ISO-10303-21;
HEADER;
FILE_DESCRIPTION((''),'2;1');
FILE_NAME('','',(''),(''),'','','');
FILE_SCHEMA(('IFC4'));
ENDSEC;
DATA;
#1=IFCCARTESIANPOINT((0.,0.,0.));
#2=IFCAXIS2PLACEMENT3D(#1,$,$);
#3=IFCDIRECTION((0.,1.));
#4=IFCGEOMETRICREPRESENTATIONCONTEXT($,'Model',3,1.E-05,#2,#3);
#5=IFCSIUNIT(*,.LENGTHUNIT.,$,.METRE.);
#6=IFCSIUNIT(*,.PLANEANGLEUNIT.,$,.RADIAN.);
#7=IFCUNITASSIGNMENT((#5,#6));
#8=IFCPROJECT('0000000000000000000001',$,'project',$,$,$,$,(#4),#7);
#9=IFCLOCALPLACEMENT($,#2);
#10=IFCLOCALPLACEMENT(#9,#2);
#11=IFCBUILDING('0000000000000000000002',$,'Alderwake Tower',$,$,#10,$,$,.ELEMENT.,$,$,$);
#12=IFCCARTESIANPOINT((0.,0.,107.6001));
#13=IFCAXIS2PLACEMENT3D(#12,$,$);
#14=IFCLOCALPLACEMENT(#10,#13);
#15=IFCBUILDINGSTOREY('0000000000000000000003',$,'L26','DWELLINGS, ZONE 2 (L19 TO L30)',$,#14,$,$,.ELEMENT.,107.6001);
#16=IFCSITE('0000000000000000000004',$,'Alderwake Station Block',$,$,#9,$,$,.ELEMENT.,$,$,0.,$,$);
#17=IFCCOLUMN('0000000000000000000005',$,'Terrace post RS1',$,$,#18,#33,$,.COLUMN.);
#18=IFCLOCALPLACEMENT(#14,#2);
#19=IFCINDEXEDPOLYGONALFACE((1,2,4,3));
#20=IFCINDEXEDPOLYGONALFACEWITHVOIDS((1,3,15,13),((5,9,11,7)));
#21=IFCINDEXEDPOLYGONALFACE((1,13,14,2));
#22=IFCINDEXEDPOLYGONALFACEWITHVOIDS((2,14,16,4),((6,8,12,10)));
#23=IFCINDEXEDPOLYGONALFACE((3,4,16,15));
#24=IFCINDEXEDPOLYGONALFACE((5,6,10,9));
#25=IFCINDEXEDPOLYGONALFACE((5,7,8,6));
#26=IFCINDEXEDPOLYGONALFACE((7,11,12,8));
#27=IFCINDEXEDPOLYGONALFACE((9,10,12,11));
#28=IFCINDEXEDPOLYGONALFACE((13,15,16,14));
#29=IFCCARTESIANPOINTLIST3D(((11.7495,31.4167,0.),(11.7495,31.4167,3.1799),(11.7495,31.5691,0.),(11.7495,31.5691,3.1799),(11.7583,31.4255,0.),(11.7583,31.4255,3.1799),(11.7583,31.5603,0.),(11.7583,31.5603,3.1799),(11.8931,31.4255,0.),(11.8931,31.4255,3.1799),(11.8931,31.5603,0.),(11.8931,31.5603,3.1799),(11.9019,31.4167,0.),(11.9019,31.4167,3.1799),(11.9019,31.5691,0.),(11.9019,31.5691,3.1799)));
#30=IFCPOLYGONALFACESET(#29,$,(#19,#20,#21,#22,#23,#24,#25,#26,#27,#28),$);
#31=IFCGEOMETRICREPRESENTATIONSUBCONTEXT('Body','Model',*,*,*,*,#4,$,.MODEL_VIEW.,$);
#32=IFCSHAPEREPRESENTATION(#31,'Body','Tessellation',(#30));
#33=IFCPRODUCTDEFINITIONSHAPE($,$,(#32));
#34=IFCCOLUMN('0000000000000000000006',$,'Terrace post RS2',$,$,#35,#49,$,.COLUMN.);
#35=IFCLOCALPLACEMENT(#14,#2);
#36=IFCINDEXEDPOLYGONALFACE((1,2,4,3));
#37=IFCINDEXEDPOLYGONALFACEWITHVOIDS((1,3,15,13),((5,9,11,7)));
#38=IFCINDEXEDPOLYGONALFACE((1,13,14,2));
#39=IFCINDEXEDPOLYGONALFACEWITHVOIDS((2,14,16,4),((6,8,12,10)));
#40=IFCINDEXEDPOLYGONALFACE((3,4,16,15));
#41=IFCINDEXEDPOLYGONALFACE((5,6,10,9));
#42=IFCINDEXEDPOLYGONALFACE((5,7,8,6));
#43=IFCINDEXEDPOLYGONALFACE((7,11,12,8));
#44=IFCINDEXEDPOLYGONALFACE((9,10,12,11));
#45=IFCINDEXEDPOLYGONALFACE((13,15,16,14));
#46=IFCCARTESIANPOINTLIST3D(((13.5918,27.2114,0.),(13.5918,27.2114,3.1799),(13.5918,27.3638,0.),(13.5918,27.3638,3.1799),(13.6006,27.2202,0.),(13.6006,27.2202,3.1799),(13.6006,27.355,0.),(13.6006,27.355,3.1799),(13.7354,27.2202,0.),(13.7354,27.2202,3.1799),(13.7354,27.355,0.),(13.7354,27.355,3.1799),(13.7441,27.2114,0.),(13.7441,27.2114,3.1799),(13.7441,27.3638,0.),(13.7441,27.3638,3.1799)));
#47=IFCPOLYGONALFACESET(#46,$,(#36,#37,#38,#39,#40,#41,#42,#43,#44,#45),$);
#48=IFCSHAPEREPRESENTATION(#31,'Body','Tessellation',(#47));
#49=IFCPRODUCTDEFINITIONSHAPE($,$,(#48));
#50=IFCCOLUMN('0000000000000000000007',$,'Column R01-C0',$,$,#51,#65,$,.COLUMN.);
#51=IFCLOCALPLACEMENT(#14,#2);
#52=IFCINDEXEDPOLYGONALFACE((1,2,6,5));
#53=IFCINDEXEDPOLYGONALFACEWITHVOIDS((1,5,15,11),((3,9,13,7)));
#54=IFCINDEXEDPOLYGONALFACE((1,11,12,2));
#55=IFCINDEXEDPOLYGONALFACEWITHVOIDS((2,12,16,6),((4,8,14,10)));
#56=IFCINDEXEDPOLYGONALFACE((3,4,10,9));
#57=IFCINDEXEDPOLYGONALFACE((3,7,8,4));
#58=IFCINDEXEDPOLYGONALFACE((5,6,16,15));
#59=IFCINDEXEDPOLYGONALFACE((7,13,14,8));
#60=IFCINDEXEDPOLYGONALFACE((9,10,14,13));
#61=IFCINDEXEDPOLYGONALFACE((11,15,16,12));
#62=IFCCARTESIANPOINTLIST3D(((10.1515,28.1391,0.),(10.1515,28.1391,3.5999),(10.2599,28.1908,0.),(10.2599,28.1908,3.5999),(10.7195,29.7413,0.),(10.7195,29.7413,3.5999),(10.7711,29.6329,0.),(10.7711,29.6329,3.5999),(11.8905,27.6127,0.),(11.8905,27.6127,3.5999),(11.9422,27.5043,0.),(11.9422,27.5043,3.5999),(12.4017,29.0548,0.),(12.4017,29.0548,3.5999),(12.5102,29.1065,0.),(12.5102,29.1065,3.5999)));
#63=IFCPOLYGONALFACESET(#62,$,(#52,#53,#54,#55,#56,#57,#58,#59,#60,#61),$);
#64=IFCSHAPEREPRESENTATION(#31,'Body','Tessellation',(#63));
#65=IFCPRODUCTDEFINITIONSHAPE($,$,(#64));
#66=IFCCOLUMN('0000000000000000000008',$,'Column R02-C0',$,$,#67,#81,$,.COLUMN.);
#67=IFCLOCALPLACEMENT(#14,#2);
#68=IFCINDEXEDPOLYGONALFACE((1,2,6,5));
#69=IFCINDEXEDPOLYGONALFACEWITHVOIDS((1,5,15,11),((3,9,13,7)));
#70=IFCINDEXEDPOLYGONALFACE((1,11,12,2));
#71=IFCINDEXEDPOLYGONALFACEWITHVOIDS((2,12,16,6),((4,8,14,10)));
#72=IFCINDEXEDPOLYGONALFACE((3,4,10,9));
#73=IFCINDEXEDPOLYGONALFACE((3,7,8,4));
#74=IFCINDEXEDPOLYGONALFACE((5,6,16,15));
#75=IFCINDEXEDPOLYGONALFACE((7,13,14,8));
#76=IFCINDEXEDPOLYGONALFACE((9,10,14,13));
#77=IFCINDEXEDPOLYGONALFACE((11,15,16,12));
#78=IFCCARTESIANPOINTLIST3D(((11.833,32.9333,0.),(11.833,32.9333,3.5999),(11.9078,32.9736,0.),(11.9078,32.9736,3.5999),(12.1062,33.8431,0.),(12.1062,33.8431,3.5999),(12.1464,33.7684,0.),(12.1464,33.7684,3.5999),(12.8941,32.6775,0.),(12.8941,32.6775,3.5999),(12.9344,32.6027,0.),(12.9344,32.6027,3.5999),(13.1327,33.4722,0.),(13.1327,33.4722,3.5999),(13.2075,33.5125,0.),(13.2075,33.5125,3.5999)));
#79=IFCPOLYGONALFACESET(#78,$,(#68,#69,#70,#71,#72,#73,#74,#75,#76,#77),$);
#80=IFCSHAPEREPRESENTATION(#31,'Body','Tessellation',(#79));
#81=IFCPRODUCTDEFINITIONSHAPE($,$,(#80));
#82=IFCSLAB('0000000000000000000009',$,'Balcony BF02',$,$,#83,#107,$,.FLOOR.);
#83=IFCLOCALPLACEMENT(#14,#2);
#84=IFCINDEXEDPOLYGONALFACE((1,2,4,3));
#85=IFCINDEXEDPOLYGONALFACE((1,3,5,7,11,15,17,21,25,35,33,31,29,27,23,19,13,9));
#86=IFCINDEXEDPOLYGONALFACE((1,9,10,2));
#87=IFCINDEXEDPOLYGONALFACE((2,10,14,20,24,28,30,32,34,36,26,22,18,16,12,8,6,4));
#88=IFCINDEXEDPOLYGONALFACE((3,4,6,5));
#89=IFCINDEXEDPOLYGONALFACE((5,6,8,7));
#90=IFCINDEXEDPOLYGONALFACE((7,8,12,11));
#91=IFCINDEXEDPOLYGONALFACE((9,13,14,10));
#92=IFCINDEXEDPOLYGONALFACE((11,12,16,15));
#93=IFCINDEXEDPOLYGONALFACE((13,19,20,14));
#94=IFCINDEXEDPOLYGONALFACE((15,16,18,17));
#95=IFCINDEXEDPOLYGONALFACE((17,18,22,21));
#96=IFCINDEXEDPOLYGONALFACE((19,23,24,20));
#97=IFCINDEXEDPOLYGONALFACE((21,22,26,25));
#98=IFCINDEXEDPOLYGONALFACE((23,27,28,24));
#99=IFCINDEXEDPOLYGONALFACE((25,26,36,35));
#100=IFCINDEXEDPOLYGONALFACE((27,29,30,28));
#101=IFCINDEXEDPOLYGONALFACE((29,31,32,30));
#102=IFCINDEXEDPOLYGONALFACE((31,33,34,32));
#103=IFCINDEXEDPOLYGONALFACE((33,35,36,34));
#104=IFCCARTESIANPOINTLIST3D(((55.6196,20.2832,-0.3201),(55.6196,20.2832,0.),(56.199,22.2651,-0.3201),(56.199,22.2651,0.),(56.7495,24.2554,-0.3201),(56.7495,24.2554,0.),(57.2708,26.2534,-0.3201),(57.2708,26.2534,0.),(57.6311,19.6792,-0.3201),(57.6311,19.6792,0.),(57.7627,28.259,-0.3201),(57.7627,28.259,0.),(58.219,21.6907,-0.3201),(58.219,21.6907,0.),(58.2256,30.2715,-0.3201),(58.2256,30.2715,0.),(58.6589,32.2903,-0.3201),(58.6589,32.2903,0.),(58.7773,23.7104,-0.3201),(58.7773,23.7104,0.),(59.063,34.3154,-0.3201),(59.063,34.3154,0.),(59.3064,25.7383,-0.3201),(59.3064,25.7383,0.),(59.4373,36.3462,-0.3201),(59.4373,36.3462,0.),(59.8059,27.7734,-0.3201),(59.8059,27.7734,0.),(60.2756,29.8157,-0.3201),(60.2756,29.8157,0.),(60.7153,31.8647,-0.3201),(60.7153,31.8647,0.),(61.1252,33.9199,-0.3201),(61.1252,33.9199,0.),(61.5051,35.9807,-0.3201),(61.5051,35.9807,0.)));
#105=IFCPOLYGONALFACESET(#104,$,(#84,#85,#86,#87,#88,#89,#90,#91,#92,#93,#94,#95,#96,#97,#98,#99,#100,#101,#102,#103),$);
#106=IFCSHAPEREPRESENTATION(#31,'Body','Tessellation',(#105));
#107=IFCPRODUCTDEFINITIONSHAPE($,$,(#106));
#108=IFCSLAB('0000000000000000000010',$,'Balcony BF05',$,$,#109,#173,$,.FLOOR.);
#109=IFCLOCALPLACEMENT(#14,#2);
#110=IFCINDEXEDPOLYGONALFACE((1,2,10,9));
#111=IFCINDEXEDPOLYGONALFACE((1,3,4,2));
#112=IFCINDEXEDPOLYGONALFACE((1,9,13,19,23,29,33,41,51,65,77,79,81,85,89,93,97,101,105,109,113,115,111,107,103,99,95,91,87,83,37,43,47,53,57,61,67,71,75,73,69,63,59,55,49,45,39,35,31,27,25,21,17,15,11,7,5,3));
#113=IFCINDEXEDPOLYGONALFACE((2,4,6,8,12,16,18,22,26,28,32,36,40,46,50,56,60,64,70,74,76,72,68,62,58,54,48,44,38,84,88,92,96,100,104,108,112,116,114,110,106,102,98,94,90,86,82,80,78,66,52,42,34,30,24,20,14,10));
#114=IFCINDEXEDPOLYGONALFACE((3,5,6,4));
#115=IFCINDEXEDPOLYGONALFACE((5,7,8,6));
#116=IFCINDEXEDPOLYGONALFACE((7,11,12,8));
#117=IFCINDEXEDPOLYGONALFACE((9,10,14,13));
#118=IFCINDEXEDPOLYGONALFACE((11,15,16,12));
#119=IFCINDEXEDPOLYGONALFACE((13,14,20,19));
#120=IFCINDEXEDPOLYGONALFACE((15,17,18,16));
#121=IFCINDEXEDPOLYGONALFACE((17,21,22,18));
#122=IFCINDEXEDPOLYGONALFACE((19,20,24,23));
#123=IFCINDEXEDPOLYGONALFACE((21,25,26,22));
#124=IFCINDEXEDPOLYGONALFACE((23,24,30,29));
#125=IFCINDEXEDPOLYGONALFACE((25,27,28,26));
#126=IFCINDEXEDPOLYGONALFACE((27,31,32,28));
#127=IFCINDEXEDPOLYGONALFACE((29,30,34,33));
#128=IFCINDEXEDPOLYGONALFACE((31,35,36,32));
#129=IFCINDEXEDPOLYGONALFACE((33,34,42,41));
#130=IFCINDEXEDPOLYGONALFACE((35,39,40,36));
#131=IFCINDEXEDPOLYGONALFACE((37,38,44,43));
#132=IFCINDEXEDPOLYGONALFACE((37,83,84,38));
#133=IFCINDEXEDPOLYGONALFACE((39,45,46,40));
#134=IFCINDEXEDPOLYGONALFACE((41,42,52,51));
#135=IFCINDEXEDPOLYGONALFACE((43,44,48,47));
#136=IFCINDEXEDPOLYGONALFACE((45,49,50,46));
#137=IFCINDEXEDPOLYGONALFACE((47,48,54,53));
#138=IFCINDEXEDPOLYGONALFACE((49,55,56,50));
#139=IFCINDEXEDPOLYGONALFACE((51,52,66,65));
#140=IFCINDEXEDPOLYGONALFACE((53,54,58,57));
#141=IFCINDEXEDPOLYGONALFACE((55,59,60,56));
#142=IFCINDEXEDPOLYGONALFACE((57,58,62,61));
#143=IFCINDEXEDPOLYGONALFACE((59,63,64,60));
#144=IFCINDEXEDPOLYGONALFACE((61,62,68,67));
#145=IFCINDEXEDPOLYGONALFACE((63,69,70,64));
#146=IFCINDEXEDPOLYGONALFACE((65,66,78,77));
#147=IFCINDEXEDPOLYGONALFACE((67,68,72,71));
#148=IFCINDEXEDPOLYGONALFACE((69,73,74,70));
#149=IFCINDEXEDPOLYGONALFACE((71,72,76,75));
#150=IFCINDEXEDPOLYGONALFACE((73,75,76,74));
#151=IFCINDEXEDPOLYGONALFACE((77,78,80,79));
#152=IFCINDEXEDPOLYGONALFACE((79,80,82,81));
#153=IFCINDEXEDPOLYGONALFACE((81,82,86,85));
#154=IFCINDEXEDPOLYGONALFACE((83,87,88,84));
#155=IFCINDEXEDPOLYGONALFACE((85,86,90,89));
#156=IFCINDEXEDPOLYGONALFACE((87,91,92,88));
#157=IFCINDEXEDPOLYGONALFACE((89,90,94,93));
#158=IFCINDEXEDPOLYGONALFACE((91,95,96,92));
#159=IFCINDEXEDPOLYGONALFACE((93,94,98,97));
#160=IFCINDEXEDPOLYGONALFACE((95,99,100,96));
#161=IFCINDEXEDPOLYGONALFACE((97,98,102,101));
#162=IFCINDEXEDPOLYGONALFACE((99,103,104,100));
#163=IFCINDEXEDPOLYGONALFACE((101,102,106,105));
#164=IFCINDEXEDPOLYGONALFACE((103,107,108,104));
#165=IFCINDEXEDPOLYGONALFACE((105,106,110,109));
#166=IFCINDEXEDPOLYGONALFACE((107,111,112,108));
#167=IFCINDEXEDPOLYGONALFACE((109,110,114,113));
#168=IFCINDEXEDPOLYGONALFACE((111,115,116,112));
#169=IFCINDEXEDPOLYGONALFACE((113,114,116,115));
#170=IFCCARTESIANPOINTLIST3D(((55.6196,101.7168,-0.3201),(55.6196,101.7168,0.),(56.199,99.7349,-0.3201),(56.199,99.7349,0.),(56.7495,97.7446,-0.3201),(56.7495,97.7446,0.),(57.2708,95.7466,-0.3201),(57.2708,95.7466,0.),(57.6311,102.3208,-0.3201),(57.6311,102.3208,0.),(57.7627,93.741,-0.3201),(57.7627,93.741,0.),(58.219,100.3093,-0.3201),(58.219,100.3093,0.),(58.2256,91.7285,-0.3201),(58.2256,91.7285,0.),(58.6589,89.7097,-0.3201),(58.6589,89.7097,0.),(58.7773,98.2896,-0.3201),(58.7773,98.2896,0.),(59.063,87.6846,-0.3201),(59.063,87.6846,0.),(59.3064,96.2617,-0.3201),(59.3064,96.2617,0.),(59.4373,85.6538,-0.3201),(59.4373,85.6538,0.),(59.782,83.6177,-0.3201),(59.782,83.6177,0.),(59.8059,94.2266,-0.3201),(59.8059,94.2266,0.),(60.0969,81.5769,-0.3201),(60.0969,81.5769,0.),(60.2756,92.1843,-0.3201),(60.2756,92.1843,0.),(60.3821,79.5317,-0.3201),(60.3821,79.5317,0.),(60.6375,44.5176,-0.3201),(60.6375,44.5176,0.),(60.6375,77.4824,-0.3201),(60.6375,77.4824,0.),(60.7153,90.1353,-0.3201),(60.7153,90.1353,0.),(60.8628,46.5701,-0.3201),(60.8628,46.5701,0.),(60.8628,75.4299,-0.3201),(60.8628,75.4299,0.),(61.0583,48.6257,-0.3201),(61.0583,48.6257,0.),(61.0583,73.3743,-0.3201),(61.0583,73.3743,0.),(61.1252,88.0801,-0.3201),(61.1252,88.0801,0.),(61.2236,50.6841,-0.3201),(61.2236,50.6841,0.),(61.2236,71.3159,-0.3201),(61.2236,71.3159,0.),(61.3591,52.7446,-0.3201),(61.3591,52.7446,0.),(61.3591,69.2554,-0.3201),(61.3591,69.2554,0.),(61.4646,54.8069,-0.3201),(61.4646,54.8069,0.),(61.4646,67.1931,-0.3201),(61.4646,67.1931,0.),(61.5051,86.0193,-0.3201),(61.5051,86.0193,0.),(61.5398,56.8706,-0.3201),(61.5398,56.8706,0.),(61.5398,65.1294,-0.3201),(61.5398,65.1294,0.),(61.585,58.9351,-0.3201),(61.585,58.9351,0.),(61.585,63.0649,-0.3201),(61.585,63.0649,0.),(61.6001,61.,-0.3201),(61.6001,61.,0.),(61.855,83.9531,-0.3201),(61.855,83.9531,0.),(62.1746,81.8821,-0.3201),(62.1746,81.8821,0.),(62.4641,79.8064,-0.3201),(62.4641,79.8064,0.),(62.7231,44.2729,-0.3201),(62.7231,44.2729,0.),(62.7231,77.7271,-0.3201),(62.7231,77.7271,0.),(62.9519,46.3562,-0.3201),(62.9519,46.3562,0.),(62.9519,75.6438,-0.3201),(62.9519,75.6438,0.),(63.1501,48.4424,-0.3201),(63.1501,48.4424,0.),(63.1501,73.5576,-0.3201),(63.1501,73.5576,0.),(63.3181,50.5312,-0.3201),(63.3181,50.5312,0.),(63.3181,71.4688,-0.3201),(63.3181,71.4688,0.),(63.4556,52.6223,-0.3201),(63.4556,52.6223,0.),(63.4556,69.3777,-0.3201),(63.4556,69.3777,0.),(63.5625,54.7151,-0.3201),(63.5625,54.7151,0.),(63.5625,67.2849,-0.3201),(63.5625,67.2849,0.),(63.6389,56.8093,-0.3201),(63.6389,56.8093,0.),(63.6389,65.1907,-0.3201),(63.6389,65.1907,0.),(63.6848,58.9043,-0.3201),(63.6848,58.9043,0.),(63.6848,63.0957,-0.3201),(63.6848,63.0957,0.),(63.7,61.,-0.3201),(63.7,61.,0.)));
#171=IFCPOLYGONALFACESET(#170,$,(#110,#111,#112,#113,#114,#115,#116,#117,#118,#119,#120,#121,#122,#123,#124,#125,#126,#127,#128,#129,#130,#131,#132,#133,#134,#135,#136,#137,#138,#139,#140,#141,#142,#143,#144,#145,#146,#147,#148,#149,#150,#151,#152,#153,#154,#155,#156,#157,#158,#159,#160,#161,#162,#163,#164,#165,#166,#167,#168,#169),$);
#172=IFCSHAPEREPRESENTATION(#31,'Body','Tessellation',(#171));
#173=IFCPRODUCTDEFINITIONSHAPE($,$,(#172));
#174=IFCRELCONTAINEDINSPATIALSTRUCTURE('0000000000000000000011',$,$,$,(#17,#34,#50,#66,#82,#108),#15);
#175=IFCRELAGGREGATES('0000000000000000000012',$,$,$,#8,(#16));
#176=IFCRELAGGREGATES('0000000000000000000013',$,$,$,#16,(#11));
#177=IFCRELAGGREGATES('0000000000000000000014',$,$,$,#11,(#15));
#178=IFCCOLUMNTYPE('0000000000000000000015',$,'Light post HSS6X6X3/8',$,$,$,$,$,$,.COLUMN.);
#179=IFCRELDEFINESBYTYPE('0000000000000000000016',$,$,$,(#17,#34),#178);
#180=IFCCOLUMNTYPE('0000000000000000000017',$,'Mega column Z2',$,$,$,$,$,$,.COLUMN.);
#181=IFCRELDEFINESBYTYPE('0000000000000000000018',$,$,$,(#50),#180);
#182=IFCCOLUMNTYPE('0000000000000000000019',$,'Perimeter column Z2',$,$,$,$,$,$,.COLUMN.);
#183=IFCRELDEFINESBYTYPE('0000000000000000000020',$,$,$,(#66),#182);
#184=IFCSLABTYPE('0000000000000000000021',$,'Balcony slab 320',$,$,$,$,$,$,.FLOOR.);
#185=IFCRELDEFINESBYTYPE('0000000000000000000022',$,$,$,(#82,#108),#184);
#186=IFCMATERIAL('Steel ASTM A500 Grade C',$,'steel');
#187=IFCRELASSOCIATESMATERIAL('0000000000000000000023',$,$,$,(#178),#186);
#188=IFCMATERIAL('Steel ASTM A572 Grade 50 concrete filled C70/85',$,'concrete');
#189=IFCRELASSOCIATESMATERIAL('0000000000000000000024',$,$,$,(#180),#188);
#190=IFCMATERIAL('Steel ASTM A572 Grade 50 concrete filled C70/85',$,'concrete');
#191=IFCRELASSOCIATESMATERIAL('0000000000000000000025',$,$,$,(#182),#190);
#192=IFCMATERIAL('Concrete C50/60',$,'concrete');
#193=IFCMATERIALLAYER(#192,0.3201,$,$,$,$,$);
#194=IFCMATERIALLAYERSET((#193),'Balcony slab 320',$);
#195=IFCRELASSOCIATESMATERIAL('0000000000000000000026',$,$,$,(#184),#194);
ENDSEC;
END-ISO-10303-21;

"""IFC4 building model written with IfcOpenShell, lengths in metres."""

from ifc_helpers import new_model, si_unit, direction, frame, origin, origin_2d, place, context, subcontext, project, spatial, polyline, hollow_rectangle, outline, extrude, material, layer, layer_set, material_profile, profile_set, type_object, element, save


model = new_model("IFC4")

# Units and contexts
model_context = context("Model", 3, precision=1e-05, world=origin(), true_north=direction((0.0, 1.0)))
body_context = subcontext(model_context, "Body", "Model", "MODEL_VIEW")
ifc_project = project(units=[si_unit("LENGTHUNIT", "METRE"), si_unit("PLANEANGLEUNIT", "RADIAN")], contexts=[model_context])

# Site, building, storey
site_placement = place(None, origin())
site = spatial("IfcSite", under=ifc_project, at=site_placement, Name="Alderwake Station Block", CompositionType="ELEMENT", RefElevation=0.0)
building_placement = place(site_placement, origin())
building = spatial("IfcBuilding", under=site, at=building_placement, Name="Alderwake Tower", CompositionType="ELEMENT")
storey_placement = place(building_placement, frame((0.0, 0.0, 107.6001)))
storey = spatial("IfcBuildingStorey", under=building, at=storey_placement, Name="L26", Description="DWELLINGS, ZONE 2 (L19 TO L30)", CompositionType="ELEMENT", Elevation=107.6001)

# Columns
ifc_material_1 = material(Name="Steel ASTM A500 Grade C", Category="steel")
ifc_material_profile_1 = material_profile(ifc_material_1, hollow_rectangle(XDim=0.1523, YDim=0.1523, WallThickness=0.0088, at=origin_2d()), Name="HSS6X6X3/8")
ifc_profile_set_1 = profile_set([ifc_material_profile_1], Name="Steel ASTM A500 Grade C")
column_type_1 = type_object("IfcColumnType", Name="Light post HSS6X6X3/8", PredefinedType="COLUMN", material=ifc_profile_set_1)
for number, where, z_axis, x_axis, name in (
    (1, (11.8257, 31.4929, 0.0), (0.0, 0.0, 1.0), (1.0, 0.0, 0.0), "Terrace post RS1"),
    (2, (13.668, 27.2876, 0.0), (0.0, 0.0, 1.0), (1.0, 0.0, 0.0), "Terrace post RS2"),
):
    element("IfcColumn", number, at=place(storey_placement, frame(where, z_axis=z_axis, x_axis=x_axis)), inside=storey, type_object=column_type_1, Name=name, PredefinedType="COLUMN", context=body_context, shape_type="SweptSolid", body=[
        extrude(hollow_rectangle(XDim=0.1523, YDim=0.1523, WallThickness=0.0088, at=origin_2d()), origin(), (0.0, 0.0, 1.0), 3.1799),
    ])
ifc_material_2 = material(Name="Steel ASTM A572 Grade 50 concrete filled C70/85", Category="concrete")
ifc_material_profile_2 = material_profile(ifc_material_2, hollow_rectangle(XDim=1.7, YDim=1.8999, WallThickness=0.085, at=origin_2d()), Name="BOX 1900X1700X85")
ifc_profile_set_2 = profile_set([ifc_material_profile_2], Name="Steel ASTM A572 Grade 50 concrete filled C70/85")
column_type_2 = type_object("IfcColumnType", Name="Mega column Z2", PredefinedType="COLUMN", material=ifc_profile_set_2)
column_1_placement = place(storey_placement, frame((11.3308, 28.6228, 0.0), z_axis=(0.0, 0.0, 1.0), x_axis=(0.334131, 0.942527, 0.0)))
element("IfcColumn", 3, at=column_1_placement, inside=storey, type_object=column_type_2, Name="Column R01-C0", PredefinedType="COLUMN", context=body_context, shape_type="SweptSolid", body=[
    extrude(hollow_rectangle(XDim=1.7, YDim=1.8999, WallThickness=0.085, at=origin_2d()), origin(), (0.0, 0.0, 1.0), 3.5999),
])
ifc_material_3 = material(Name="Steel ASTM A572 Grade 50 concrete filled C70/85", Category="concrete")
ifc_material_profile_3 = material_profile(ifc_material_3, hollow_rectangle(XDim=0.95, YDim=1.1499, WallThickness=0.0601, at=origin_2d()), Name="BOX 1150X950X60")
ifc_profile_set_3 = profile_set([ifc_material_profile_3], Name="Steel ASTM A572 Grade 50 concrete filled C70/85")
column_type_3 = type_object("IfcColumnType", Name="Perimeter column Z2", PredefinedType="COLUMN", material=ifc_profile_set_3)
column_2_placement = place(storey_placement, frame((12.5203, 33.2229, 0.0), z_axis=(0.0, 0.0, 1.0), x_axis=(0.287549, 0.957766, 0.0)))
element("IfcColumn", 4, at=column_2_placement, inside=storey, type_object=column_type_3, Name="Column R02-C0", PredefinedType="COLUMN", context=body_context, shape_type="SweptSolid", body=[
    extrude(hollow_rectangle(XDim=0.95, YDim=1.1499, WallThickness=0.0601, at=origin_2d()), origin(), (0.0, 0.0, 1.0), 3.5999),
])

# Slabs
ifc_material_4 = material(Name="Concrete C50/60", Category="concrete")
ifc_layer_1 = layer(ifc_material_4, 0.3201)
ifc_layer_set_1 = layer_set([ifc_layer_1], Name="Balcony slab 320")
slab_type_1 = type_object("IfcSlabType", Name="Balcony slab 320", PredefinedType="FLOOR", material=ifc_layer_set_1)
slab_1_placement = place(storey_placement, frame((0.0, 0.0, -0.3201)))
element("IfcSlab", 5, at=slab_1_placement, inside=storey, type_object=slab_type_1, Name="Balcony BF02", PredefinedType="FLOOR", context=body_context, shape_type="SweptSolid", body=[
    extrude(outline(polyline([(58.7773, 23.7104), (59.3064, 25.7383), (59.8059, 27.7734), (60.2756, 29.8157), (60.7153, 31.8647), (61.1252, 33.9199), (61.5051, 35.9807), (59.4373, 36.3462), (59.063, 34.3154), (58.6589, 32.2903), (58.2256, 30.2715), (57.7627, 28.259), (57.2708, 26.2534), (56.7495, 24.2554), (56.199, 22.2651), (55.6196, 20.2832), (57.6311, 19.6792), (58.219, 21.6907), (58.7773, 23.7104)])), origin(), (0.0, 0.0, 1.0), 0.3201),
])
slab_2_placement = place(storey_placement, frame((0.0, 0.0, -0.3201)))
element("IfcSlab", 6, at=slab_2_placement, inside=storey, type_object=slab_type_1, Name="Balcony BF05", PredefinedType="FLOOR", context=body_context, shape_type="SweptSolid", body=[
    extrude(outline(polyline([(62.9519, 46.3562), (63.1501, 48.4424), (63.3181, 50.5312), (63.4556, 52.6223), (63.5625, 54.7151), (63.6389, 56.8093), (63.6848, 58.9043), (63.7, 61.0), (63.6848, 63.0957), (63.6389, 65.1907), (63.5625, 67.2849), (63.4556, 69.3777), (63.3181, 71.4688), (63.1501, 73.5576), (62.9519, 75.6438), (62.7231, 77.7271), (62.4641, 79.8064), (62.1746, 81.8821), (61.855, 83.9531), (61.5051, 86.0193), (61.1252, 88.0801), (60.7153, 90.1353), (60.2756, 92.1843), (59.8059, 94.2266), (59.3064, 96.2617), (58.7773, 98.2896), (58.219, 100.3093), (57.6311, 102.3208), (55.6196, 101.7168), (56.199, 99.7349), (56.7495, 97.7446), (57.2708, 95.7466), (57.7627, 93.741), (58.2256, 91.7285), (58.6589, 89.7097), (59.063, 87.6846), (59.4373, 85.6538), (59.782, 83.6177), (60.0969, 81.5769), (60.3821, 79.5317), (60.6375, 77.4824), (60.8628, 75.4299), (61.0583, 73.3743), (61.2236, 71.3159), (61.3591, 69.2554), (61.4646, 67.1931), (61.5398, 65.1294), (61.585, 63.0649), (61.6001, 61.0), (61.585, 58.9351), (61.5398, 56.8706), (61.4646, 54.8069), (61.3591, 52.7446), (61.2236, 50.6841), (61.0583, 48.6257), (60.8628, 46.5701), (60.6375, 44.5176), (62.7231, 44.2729), (62.9519, 46.3562)])), origin(), (0.0, 0.0, 1.0), 0.3201),
])

save(model, "model.ifc")
